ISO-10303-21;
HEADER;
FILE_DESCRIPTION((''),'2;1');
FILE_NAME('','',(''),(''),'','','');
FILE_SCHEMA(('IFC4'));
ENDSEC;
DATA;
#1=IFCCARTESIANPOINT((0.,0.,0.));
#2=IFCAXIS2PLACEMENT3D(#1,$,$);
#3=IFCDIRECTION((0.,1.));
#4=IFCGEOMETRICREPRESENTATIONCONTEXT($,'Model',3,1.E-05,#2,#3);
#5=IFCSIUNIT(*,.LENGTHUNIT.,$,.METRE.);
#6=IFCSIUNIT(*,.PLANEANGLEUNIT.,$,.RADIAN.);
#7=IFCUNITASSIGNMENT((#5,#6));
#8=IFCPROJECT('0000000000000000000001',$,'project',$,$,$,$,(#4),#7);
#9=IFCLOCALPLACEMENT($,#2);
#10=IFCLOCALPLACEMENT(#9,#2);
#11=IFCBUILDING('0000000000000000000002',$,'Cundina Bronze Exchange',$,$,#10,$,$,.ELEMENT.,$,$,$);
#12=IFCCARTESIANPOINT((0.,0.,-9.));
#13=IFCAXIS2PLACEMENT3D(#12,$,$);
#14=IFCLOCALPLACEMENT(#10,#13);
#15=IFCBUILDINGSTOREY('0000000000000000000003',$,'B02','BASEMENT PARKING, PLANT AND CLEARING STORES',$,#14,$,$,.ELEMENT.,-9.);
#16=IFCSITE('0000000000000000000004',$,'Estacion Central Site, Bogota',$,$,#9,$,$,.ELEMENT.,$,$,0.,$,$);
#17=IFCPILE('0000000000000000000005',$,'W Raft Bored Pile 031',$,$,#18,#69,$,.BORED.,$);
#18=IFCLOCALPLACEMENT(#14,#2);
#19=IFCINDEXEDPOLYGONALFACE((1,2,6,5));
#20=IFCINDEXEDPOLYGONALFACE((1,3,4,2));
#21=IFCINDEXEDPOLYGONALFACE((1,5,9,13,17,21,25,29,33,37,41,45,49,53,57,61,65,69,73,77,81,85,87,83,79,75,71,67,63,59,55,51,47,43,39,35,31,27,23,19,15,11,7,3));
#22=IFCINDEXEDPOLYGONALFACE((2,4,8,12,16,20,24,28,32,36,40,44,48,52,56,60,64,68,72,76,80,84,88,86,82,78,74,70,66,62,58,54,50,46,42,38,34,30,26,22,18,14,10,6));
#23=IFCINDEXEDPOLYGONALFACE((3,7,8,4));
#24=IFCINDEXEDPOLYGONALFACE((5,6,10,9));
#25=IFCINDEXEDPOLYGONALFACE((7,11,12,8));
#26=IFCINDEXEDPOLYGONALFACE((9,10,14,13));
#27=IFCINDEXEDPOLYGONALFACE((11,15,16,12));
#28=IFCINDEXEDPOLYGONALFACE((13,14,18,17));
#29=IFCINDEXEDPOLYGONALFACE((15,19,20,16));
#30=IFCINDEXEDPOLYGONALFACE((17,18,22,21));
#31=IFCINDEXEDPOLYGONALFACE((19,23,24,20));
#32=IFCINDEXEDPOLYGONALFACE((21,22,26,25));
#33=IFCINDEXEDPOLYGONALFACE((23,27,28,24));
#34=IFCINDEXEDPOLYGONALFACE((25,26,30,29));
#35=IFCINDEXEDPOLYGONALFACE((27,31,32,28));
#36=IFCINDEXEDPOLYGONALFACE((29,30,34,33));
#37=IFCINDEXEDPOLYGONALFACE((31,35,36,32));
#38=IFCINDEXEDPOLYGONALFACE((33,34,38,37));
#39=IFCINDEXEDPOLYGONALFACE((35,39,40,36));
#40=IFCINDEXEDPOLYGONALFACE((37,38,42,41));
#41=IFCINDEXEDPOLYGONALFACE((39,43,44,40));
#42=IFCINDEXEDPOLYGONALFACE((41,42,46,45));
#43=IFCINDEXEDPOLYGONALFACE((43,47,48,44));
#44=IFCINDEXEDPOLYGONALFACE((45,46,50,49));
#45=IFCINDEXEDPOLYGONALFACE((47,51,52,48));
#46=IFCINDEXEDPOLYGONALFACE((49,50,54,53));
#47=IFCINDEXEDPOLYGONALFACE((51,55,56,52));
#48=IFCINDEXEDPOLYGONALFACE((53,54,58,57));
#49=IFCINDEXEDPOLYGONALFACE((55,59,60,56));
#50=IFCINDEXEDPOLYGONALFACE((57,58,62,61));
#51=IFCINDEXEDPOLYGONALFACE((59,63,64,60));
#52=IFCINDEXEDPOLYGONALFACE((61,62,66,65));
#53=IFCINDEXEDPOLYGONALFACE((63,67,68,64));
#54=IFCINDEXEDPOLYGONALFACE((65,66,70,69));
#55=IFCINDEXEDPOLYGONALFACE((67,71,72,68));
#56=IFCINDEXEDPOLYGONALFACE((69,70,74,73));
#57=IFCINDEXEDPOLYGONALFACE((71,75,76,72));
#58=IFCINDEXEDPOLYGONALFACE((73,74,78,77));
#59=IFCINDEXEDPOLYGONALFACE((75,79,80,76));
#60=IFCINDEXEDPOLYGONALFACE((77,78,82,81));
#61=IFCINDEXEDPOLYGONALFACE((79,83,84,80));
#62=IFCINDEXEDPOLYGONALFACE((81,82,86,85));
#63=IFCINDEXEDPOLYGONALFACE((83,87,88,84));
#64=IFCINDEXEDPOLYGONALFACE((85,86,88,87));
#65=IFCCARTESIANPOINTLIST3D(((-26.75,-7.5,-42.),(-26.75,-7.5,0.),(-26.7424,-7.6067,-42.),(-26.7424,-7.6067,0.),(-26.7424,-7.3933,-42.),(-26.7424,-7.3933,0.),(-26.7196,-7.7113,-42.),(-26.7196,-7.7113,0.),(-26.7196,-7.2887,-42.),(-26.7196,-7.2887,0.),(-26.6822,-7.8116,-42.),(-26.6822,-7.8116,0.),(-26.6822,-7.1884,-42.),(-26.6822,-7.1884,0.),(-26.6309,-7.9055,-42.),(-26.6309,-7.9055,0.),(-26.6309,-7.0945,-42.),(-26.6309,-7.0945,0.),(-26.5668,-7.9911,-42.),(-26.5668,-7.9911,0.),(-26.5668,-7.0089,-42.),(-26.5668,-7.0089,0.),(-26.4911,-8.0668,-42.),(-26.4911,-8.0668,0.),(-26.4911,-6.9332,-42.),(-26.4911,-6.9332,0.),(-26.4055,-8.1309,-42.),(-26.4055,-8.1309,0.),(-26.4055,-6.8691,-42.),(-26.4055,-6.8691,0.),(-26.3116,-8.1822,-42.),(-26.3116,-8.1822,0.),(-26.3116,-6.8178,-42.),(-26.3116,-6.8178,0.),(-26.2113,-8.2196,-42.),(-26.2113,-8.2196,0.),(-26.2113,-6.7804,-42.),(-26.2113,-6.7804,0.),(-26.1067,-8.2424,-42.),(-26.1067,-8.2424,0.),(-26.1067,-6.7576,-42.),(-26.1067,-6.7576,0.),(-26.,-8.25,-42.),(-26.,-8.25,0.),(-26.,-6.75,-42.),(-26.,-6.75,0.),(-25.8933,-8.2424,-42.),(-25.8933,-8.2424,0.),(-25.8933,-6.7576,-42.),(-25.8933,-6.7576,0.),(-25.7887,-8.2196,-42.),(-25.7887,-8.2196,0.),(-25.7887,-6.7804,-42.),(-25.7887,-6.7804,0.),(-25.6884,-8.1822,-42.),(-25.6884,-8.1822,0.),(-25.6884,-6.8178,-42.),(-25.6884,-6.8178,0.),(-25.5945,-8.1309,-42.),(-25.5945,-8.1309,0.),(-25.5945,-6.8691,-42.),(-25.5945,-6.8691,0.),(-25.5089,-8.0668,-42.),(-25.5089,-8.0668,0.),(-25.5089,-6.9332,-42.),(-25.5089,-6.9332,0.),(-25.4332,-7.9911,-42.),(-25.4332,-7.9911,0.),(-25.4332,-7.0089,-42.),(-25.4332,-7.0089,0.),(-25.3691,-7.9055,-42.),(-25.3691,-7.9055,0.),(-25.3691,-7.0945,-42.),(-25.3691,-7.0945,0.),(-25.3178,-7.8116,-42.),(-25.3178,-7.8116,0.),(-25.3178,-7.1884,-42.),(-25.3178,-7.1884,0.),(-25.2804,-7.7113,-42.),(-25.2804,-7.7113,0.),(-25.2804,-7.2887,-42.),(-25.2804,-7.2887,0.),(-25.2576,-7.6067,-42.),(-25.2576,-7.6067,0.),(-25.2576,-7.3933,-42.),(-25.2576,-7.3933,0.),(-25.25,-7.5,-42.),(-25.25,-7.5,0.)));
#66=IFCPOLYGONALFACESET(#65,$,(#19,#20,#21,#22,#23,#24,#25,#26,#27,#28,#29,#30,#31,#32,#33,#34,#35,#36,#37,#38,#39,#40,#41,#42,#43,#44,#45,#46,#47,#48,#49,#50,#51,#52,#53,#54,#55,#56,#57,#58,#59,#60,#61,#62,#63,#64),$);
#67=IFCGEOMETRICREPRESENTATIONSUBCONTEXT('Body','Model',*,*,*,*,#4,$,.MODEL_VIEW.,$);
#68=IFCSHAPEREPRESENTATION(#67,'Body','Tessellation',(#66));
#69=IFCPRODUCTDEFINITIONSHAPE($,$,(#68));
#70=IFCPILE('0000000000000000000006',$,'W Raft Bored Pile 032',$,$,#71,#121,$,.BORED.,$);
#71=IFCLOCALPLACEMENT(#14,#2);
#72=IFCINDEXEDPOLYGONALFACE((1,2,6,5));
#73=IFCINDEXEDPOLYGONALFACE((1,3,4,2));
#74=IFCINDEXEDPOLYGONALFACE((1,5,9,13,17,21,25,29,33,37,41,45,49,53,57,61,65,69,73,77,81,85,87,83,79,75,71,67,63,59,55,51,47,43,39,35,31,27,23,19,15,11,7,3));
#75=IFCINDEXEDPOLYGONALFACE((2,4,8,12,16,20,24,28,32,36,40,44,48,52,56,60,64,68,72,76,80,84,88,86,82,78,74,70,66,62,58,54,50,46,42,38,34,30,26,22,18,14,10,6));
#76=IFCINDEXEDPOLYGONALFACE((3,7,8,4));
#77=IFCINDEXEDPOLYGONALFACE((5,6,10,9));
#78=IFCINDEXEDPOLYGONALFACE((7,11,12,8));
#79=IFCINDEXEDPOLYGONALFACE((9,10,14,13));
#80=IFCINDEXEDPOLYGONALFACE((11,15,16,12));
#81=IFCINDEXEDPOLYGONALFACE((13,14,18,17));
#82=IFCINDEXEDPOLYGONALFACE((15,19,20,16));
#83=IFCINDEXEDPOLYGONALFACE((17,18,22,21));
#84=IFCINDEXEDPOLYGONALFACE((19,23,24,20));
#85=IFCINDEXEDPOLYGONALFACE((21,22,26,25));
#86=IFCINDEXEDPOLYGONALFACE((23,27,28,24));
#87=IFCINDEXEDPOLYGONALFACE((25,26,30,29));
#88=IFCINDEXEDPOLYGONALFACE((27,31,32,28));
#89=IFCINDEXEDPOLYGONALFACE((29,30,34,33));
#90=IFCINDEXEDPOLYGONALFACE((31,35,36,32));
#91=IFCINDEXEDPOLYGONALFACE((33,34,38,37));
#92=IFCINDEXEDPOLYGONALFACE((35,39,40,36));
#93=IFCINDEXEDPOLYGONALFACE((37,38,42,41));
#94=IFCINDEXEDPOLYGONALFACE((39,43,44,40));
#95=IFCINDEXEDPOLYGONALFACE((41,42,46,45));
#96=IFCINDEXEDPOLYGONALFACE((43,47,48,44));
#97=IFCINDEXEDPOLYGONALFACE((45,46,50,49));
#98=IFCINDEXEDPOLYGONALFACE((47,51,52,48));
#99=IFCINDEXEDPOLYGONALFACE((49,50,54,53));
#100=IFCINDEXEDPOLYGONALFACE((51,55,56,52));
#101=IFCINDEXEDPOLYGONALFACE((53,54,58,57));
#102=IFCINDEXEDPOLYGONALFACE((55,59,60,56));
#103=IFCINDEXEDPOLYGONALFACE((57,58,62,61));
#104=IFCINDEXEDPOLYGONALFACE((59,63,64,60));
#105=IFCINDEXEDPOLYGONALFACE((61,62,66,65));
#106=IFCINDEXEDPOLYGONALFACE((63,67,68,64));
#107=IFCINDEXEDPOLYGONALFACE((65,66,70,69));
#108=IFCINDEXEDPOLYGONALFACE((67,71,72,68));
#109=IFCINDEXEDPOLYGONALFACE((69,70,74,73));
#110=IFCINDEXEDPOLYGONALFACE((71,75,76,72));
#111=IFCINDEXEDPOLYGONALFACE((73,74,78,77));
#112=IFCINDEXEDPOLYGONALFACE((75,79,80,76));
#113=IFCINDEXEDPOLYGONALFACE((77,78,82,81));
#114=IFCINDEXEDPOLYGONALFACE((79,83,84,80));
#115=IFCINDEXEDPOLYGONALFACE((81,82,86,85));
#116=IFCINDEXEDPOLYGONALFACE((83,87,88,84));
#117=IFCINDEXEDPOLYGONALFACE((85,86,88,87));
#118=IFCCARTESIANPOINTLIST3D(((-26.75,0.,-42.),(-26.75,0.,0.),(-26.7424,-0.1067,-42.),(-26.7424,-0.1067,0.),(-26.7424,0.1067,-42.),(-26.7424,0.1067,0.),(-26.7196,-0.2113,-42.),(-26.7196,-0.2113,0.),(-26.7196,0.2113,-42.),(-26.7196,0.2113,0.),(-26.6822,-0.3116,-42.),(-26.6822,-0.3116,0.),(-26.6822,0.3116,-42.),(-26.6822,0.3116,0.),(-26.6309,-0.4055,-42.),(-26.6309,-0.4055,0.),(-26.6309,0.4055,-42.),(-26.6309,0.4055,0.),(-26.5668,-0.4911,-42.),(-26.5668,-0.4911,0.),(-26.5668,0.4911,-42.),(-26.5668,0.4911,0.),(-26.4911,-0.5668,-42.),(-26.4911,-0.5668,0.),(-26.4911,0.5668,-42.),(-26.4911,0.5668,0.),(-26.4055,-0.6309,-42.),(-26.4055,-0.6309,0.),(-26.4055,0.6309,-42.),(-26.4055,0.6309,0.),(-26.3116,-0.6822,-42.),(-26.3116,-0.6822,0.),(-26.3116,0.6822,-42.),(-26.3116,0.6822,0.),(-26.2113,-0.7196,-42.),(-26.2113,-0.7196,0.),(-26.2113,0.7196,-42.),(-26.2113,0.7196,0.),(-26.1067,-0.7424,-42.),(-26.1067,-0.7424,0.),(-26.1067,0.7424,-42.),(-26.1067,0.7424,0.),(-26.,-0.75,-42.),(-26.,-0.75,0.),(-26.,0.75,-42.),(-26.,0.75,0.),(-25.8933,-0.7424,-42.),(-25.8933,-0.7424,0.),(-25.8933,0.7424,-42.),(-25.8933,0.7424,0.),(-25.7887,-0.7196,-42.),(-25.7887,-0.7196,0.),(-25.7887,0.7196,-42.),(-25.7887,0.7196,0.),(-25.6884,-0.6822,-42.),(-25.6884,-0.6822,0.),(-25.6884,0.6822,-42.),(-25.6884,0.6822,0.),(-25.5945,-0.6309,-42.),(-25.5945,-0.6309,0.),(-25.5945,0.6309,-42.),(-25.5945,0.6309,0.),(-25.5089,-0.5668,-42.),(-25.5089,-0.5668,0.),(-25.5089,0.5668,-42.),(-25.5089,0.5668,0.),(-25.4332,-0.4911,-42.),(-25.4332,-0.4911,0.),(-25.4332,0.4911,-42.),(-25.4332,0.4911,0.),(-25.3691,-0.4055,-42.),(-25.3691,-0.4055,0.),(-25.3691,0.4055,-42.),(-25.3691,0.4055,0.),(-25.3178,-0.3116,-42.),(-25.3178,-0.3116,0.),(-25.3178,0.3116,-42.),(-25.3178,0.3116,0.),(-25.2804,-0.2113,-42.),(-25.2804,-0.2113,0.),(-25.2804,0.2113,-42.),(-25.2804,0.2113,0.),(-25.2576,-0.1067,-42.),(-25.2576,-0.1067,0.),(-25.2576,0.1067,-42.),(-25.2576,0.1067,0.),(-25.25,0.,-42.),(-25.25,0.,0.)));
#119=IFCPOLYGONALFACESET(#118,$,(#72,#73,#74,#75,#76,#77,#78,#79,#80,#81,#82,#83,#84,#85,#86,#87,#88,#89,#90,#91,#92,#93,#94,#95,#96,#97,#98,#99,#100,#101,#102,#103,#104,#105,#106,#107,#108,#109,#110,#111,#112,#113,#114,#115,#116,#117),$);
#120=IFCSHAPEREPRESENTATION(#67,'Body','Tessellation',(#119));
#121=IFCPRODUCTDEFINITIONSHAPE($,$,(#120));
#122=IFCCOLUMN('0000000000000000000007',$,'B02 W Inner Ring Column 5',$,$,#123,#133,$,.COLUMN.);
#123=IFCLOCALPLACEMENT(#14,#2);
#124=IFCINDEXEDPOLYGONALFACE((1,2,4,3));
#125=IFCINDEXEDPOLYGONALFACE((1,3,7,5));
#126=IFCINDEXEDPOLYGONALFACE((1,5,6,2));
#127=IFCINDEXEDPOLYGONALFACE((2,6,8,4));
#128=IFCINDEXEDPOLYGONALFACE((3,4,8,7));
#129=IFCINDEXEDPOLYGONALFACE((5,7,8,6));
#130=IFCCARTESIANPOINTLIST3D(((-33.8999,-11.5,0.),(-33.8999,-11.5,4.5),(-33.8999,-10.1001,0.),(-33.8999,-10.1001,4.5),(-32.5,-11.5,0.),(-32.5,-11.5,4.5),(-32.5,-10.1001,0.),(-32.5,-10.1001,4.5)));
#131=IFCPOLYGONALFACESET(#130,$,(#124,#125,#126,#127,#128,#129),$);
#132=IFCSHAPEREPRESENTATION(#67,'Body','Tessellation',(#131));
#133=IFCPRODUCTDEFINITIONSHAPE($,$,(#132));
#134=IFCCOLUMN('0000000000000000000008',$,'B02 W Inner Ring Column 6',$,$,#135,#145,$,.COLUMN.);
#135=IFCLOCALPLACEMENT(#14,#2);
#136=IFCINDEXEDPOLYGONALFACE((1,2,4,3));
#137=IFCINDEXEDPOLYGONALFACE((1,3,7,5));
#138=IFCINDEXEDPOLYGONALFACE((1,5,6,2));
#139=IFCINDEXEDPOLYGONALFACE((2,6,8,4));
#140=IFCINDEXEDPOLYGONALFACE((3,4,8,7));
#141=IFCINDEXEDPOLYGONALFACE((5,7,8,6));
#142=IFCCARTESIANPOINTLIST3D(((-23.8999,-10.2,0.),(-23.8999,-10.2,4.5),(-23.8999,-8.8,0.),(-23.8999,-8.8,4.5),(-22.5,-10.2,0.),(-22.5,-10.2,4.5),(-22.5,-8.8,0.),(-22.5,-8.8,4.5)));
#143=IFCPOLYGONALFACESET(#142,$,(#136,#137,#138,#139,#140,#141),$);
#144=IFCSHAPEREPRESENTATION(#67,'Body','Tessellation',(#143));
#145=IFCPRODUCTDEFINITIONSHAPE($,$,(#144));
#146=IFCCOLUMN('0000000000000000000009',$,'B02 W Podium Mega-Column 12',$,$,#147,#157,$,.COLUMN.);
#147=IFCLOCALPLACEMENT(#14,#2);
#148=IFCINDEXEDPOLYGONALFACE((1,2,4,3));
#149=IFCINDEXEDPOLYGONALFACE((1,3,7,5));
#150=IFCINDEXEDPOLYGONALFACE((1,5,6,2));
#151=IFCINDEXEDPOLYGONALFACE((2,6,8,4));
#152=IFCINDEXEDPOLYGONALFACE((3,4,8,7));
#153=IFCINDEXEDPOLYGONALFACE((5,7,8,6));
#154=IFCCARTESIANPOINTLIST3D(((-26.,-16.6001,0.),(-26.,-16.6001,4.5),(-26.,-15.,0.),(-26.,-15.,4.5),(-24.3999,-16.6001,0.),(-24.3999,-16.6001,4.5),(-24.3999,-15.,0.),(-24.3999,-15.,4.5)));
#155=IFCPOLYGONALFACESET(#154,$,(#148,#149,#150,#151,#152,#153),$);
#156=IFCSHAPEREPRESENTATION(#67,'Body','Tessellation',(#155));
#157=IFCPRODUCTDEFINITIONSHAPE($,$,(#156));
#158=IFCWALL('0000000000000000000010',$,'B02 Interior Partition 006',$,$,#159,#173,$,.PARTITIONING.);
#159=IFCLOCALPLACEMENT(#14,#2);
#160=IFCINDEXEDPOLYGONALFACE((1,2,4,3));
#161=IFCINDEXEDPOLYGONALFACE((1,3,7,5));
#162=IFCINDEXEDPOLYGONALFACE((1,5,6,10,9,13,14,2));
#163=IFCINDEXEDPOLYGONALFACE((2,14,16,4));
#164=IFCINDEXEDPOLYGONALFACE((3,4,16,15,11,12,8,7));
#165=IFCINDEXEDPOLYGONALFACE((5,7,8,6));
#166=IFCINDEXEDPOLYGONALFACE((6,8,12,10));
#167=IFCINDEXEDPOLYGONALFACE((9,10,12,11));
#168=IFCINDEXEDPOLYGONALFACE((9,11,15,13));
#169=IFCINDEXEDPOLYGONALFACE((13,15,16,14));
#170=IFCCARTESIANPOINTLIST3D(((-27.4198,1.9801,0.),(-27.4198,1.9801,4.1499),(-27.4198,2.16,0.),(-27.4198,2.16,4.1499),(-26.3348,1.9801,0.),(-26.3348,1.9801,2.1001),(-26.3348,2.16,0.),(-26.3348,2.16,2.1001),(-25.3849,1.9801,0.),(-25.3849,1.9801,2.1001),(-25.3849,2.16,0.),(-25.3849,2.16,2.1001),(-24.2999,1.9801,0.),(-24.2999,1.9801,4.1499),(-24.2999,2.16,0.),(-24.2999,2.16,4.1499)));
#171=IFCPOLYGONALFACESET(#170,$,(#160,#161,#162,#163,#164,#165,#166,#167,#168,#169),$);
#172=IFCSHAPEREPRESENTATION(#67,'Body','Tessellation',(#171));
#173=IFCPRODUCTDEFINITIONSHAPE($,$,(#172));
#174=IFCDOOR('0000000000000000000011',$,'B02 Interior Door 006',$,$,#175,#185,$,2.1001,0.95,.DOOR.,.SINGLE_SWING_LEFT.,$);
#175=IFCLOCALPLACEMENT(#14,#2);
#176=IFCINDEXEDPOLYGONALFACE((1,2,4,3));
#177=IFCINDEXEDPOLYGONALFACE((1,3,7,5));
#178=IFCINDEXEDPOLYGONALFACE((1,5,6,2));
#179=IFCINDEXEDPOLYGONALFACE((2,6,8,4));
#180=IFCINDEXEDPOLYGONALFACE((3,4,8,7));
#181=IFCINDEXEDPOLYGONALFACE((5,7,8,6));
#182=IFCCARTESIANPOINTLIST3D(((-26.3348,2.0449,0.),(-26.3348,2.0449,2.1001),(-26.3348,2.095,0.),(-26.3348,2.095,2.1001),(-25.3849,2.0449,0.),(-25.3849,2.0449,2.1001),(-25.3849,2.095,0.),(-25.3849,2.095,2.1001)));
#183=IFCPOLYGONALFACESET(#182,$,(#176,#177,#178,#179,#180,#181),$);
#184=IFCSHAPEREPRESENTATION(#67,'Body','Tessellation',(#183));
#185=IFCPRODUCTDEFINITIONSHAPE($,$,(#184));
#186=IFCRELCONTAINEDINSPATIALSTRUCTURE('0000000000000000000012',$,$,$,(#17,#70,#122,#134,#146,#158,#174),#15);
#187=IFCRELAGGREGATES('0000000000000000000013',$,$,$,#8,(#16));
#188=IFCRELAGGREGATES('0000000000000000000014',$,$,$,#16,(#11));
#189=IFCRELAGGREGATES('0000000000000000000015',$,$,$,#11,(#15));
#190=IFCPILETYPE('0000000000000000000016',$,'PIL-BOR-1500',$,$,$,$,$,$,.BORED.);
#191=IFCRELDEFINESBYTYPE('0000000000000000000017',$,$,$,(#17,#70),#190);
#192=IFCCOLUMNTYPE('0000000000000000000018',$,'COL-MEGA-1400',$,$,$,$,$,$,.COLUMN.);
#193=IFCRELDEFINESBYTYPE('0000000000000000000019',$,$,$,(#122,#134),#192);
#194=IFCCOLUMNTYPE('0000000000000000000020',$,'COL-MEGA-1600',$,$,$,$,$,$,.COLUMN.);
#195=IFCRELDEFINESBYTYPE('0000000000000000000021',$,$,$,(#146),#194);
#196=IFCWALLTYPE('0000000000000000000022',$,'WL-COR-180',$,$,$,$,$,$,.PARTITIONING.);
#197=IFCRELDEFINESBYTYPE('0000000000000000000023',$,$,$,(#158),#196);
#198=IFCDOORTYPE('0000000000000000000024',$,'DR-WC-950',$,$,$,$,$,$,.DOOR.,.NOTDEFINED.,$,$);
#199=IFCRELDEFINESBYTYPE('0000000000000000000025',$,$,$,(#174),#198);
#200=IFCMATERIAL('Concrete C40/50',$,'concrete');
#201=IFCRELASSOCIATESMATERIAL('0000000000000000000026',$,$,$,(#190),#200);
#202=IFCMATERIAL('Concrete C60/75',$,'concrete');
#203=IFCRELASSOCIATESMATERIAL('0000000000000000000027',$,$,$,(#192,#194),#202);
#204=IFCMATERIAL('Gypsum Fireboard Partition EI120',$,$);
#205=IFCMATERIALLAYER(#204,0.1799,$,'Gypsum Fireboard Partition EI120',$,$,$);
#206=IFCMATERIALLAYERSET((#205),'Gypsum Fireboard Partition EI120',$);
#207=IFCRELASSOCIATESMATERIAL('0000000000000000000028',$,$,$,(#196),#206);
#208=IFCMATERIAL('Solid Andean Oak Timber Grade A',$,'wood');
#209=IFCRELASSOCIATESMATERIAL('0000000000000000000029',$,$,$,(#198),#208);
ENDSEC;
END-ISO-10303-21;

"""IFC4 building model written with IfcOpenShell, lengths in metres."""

from ifc_helpers import new_model, si_unit, direction, frame, frame_2d, origin, origin_2d, place, context, subcontext, project, spatial, rectangle, circle, extrude, material, layer, layer_set, material_profile, profile_set, type_object, element, fill, save


model = new_model("IFC4")

# Units and contexts
model_context = context("Model", 3, precision=1e-05, world=origin(), true_north=direction((0.0, 1.0)))
body_context = subcontext(model_context, "Body", "Model", "MODEL_VIEW")
ifc_project = project(units=[si_unit("LENGTHUNIT", "METRE"), si_unit("PLANEANGLEUNIT", "RADIAN")], contexts=[model_context])

# Site, building, storey
site_placement = place(None, origin())
site = spatial("IfcSite", under=ifc_project, at=site_placement, Name="Estacion Central Site, Bogota", CompositionType="ELEMENT", RefElevation=0.0)
building_placement = place(site_placement, origin())
building = spatial("IfcBuilding", under=site, at=building_placement, Name="Cundina Bronze Exchange", CompositionType="ELEMENT")
storey_placement = place(building_placement, frame((0.0, 0.0, -9.0)))
storey = spatial("IfcBuildingStorey", under=building, at=storey_placement, Name="B02", Description="BASEMENT PARKING, PLANT AND CLEARING STORES", CompositionType="ELEMENT", Elevation=-9.0)

# Shared definitions
ifc_material_1 = material(Name="Concrete C40/50", Category="concrete")

# Piles
ifc_material_profile_1 = material_profile(ifc_material_1, circle(Radius=0.75, at=origin_2d()), Name="PILE1500D", Category="concrete")
ifc_profile_set_1 = profile_set([ifc_material_profile_1], Name="Concrete C40/50")
pile_type_1 = type_object("IfcPileType", Name="PIL-BOR-1500", PredefinedType="BORED", material=ifc_profile_set_1)
for number, where, z_axis, x_axis, name in (
    (1, (-26.0, -7.5, 0.0), (0.0, 0.0, -1.0), (1.0, 0.0, 0.0), "W Raft Bored Pile 031"),
    (2, (-26.0, 0.0, 0.0), (0.0, 0.0, -1.0), (1.0, 0.0, 0.0), "W Raft Bored Pile 032"),
):
    element("IfcPile", number, at=place(storey_placement, frame(where, z_axis=z_axis, x_axis=x_axis)), inside=storey, type_object=pile_type_1, Name=name, PredefinedType="BORED", context=body_context, shape_type="SweptSolid", body=[
        extrude(circle(Radius=0.75, at=origin_2d()), origin(), (0.0, 0.0, 1.0), 42.0),
    ])

# Columns
ifc_material_2 = material(Name="Concrete C60/75", Category="concrete")
ifc_material_profile_2 = material_profile(ifc_material_2, rectangle(XDim=1.3999, YDim=1.3999, at=origin_2d()), Name="RC1400X1400", Category="concrete")
ifc_profile_set_2 = profile_set([ifc_material_profile_2], Name="Concrete C60/75")
column_type_1 = type_object("IfcColumnType", Name="COL-MEGA-1400", PredefinedType="COLUMN", material=ifc_profile_set_2)
for number, where, z_axis, x_axis, name in (
    (3, (-33.2, -10.8, 0.0), (0.0, 0.0, 1.0), (1.0, 0.0, 0.0), "B02 W Inner Ring Column 5"),
    (4, (-23.2, -9.5, 0.0), (0.0, 0.0, 1.0), (1.0, 0.0, 0.0), "B02 W Inner Ring Column 6"),
):
    element("IfcColumn", number, at=place(storey_placement, frame(where, z_axis=z_axis, x_axis=x_axis)), inside=storey, type_object=column_type_1, Name=name, PredefinedType="COLUMN", context=body_context, shape_type="SweptSolid", body=[
        extrude(rectangle(XDim=1.3999, YDim=1.3999, at=origin_2d()), origin(), (0.0, 0.0, 1.0), 4.5),
    ])
ifc_material_profile_3 = material_profile(ifc_material_2, rectangle(XDim=1.6001, YDim=1.6001, at=origin_2d()), Name="RC1600X1600", Category="concrete")
ifc_profile_set_3 = profile_set([ifc_material_profile_3], Name="Concrete C60/75")
column_type_2 = type_object("IfcColumnType", Name="COL-MEGA-1600", PredefinedType="COLUMN", material=ifc_profile_set_3)
column_placement = place(storey_placement, frame((-25.2, -15.8, 0.0), z_axis=(0.0, 0.0, 1.0), x_axis=(1.0, 0.0, 0.0)))
element("IfcColumn", 5, at=column_placement, inside=storey, type_object=column_type_2, Name="B02 W Podium Mega-Column 12", PredefinedType="COLUMN", context=body_context, shape_type="SweptSolid", body=[
    extrude(rectangle(XDim=1.6001, YDim=1.6001, at=origin_2d()), origin(), (0.0, 0.0, 1.0), 4.5),
])

# Wall, opening, door
ifc_material_3 = material(Name="Gypsum Fireboard Partition EI120")
ifc_layer_1 = layer(ifc_material_3, 0.1799, Name="Gypsum Fireboard Partition EI120")
ifc_layer_set_1 = layer_set([ifc_layer_1], Name="Gypsum Fireboard Partition EI120")
wall_type_1 = type_object("IfcWallType", Name="WL-COR-180", PredefinedType="PARTITIONING", material=ifc_layer_set_1)
wall_1_placement = place(storey_placement, frame((-27.4199, 2.0701, 0.0), z_axis=(0.0, 0.0, 1.0), x_axis=(1.0, 0.0, 0.0)))
wall_1 = element("IfcWall", 6, at=wall_1_placement, inside=storey, type_object=wall_type_1, Name="B02 Interior Partition 006", PredefinedType="PARTITIONING", context=body_context, shape_type="SweptSolid", body=[
    extrude(rectangle(XDim=3.1199, YDim=0.1799, at=frame_2d((1.5601, 0.0))), origin(), (0.0, 0.0, 1.0), 4.1499),
])
opening_1_placement = place(wall_1_placement, frame((1.085, 0.0, 0.0)))
opening_1 = element("IfcOpeningElement", 7, at=opening_1_placement, cuts=wall_1, PredefinedType="OPENING", context=body_context, shape_type="SweptSolid", body=[
    extrude(rectangle(XDim=0.95, YDim=2.1001, at=frame_2d((0.4751, 1.05))), frame((0.0, 0.0999, 0.0), z_axis=(0.0, -1.0, 0.0), x_axis=(1.0, 0.0, 0.0)), (0.0, 0.0, 1.0), 0.2),
])
ifc_material_4 = material(Name="Solid Andean Oak Timber Grade A", Category="wood")
door_type_1 = type_object("IfcDoorType", Name="DR-WC-950", OperationType="NOTDEFINED", PredefinedType="DOOR", material=ifc_material_4)
door_1_placement = place(opening_1_placement, origin())
door_1 = element("IfcDoor", 8, at=door_1_placement, inside=storey, type_object=door_type_1, Name="B02 Interior Door 006", OperationType="SINGLE_SWING_LEFT", OverallHeight=2.1001, OverallWidth=0.95, PredefinedType="DOOR", context=body_context, shape_type="SweptSolid", body=[
    extrude(rectangle(XDim=0.95, YDim=2.1001, at=frame_2d((0.4751, 1.05))), frame((0.0, 0.0249, 0.0), z_axis=(0.0, -1.0, 0.0), x_axis=(1.0, 0.0, 0.0)), (0.0, 0.0, 1.0), 0.05),
])
fill(opening_1, door_1)

save(model, "model.ifc")
